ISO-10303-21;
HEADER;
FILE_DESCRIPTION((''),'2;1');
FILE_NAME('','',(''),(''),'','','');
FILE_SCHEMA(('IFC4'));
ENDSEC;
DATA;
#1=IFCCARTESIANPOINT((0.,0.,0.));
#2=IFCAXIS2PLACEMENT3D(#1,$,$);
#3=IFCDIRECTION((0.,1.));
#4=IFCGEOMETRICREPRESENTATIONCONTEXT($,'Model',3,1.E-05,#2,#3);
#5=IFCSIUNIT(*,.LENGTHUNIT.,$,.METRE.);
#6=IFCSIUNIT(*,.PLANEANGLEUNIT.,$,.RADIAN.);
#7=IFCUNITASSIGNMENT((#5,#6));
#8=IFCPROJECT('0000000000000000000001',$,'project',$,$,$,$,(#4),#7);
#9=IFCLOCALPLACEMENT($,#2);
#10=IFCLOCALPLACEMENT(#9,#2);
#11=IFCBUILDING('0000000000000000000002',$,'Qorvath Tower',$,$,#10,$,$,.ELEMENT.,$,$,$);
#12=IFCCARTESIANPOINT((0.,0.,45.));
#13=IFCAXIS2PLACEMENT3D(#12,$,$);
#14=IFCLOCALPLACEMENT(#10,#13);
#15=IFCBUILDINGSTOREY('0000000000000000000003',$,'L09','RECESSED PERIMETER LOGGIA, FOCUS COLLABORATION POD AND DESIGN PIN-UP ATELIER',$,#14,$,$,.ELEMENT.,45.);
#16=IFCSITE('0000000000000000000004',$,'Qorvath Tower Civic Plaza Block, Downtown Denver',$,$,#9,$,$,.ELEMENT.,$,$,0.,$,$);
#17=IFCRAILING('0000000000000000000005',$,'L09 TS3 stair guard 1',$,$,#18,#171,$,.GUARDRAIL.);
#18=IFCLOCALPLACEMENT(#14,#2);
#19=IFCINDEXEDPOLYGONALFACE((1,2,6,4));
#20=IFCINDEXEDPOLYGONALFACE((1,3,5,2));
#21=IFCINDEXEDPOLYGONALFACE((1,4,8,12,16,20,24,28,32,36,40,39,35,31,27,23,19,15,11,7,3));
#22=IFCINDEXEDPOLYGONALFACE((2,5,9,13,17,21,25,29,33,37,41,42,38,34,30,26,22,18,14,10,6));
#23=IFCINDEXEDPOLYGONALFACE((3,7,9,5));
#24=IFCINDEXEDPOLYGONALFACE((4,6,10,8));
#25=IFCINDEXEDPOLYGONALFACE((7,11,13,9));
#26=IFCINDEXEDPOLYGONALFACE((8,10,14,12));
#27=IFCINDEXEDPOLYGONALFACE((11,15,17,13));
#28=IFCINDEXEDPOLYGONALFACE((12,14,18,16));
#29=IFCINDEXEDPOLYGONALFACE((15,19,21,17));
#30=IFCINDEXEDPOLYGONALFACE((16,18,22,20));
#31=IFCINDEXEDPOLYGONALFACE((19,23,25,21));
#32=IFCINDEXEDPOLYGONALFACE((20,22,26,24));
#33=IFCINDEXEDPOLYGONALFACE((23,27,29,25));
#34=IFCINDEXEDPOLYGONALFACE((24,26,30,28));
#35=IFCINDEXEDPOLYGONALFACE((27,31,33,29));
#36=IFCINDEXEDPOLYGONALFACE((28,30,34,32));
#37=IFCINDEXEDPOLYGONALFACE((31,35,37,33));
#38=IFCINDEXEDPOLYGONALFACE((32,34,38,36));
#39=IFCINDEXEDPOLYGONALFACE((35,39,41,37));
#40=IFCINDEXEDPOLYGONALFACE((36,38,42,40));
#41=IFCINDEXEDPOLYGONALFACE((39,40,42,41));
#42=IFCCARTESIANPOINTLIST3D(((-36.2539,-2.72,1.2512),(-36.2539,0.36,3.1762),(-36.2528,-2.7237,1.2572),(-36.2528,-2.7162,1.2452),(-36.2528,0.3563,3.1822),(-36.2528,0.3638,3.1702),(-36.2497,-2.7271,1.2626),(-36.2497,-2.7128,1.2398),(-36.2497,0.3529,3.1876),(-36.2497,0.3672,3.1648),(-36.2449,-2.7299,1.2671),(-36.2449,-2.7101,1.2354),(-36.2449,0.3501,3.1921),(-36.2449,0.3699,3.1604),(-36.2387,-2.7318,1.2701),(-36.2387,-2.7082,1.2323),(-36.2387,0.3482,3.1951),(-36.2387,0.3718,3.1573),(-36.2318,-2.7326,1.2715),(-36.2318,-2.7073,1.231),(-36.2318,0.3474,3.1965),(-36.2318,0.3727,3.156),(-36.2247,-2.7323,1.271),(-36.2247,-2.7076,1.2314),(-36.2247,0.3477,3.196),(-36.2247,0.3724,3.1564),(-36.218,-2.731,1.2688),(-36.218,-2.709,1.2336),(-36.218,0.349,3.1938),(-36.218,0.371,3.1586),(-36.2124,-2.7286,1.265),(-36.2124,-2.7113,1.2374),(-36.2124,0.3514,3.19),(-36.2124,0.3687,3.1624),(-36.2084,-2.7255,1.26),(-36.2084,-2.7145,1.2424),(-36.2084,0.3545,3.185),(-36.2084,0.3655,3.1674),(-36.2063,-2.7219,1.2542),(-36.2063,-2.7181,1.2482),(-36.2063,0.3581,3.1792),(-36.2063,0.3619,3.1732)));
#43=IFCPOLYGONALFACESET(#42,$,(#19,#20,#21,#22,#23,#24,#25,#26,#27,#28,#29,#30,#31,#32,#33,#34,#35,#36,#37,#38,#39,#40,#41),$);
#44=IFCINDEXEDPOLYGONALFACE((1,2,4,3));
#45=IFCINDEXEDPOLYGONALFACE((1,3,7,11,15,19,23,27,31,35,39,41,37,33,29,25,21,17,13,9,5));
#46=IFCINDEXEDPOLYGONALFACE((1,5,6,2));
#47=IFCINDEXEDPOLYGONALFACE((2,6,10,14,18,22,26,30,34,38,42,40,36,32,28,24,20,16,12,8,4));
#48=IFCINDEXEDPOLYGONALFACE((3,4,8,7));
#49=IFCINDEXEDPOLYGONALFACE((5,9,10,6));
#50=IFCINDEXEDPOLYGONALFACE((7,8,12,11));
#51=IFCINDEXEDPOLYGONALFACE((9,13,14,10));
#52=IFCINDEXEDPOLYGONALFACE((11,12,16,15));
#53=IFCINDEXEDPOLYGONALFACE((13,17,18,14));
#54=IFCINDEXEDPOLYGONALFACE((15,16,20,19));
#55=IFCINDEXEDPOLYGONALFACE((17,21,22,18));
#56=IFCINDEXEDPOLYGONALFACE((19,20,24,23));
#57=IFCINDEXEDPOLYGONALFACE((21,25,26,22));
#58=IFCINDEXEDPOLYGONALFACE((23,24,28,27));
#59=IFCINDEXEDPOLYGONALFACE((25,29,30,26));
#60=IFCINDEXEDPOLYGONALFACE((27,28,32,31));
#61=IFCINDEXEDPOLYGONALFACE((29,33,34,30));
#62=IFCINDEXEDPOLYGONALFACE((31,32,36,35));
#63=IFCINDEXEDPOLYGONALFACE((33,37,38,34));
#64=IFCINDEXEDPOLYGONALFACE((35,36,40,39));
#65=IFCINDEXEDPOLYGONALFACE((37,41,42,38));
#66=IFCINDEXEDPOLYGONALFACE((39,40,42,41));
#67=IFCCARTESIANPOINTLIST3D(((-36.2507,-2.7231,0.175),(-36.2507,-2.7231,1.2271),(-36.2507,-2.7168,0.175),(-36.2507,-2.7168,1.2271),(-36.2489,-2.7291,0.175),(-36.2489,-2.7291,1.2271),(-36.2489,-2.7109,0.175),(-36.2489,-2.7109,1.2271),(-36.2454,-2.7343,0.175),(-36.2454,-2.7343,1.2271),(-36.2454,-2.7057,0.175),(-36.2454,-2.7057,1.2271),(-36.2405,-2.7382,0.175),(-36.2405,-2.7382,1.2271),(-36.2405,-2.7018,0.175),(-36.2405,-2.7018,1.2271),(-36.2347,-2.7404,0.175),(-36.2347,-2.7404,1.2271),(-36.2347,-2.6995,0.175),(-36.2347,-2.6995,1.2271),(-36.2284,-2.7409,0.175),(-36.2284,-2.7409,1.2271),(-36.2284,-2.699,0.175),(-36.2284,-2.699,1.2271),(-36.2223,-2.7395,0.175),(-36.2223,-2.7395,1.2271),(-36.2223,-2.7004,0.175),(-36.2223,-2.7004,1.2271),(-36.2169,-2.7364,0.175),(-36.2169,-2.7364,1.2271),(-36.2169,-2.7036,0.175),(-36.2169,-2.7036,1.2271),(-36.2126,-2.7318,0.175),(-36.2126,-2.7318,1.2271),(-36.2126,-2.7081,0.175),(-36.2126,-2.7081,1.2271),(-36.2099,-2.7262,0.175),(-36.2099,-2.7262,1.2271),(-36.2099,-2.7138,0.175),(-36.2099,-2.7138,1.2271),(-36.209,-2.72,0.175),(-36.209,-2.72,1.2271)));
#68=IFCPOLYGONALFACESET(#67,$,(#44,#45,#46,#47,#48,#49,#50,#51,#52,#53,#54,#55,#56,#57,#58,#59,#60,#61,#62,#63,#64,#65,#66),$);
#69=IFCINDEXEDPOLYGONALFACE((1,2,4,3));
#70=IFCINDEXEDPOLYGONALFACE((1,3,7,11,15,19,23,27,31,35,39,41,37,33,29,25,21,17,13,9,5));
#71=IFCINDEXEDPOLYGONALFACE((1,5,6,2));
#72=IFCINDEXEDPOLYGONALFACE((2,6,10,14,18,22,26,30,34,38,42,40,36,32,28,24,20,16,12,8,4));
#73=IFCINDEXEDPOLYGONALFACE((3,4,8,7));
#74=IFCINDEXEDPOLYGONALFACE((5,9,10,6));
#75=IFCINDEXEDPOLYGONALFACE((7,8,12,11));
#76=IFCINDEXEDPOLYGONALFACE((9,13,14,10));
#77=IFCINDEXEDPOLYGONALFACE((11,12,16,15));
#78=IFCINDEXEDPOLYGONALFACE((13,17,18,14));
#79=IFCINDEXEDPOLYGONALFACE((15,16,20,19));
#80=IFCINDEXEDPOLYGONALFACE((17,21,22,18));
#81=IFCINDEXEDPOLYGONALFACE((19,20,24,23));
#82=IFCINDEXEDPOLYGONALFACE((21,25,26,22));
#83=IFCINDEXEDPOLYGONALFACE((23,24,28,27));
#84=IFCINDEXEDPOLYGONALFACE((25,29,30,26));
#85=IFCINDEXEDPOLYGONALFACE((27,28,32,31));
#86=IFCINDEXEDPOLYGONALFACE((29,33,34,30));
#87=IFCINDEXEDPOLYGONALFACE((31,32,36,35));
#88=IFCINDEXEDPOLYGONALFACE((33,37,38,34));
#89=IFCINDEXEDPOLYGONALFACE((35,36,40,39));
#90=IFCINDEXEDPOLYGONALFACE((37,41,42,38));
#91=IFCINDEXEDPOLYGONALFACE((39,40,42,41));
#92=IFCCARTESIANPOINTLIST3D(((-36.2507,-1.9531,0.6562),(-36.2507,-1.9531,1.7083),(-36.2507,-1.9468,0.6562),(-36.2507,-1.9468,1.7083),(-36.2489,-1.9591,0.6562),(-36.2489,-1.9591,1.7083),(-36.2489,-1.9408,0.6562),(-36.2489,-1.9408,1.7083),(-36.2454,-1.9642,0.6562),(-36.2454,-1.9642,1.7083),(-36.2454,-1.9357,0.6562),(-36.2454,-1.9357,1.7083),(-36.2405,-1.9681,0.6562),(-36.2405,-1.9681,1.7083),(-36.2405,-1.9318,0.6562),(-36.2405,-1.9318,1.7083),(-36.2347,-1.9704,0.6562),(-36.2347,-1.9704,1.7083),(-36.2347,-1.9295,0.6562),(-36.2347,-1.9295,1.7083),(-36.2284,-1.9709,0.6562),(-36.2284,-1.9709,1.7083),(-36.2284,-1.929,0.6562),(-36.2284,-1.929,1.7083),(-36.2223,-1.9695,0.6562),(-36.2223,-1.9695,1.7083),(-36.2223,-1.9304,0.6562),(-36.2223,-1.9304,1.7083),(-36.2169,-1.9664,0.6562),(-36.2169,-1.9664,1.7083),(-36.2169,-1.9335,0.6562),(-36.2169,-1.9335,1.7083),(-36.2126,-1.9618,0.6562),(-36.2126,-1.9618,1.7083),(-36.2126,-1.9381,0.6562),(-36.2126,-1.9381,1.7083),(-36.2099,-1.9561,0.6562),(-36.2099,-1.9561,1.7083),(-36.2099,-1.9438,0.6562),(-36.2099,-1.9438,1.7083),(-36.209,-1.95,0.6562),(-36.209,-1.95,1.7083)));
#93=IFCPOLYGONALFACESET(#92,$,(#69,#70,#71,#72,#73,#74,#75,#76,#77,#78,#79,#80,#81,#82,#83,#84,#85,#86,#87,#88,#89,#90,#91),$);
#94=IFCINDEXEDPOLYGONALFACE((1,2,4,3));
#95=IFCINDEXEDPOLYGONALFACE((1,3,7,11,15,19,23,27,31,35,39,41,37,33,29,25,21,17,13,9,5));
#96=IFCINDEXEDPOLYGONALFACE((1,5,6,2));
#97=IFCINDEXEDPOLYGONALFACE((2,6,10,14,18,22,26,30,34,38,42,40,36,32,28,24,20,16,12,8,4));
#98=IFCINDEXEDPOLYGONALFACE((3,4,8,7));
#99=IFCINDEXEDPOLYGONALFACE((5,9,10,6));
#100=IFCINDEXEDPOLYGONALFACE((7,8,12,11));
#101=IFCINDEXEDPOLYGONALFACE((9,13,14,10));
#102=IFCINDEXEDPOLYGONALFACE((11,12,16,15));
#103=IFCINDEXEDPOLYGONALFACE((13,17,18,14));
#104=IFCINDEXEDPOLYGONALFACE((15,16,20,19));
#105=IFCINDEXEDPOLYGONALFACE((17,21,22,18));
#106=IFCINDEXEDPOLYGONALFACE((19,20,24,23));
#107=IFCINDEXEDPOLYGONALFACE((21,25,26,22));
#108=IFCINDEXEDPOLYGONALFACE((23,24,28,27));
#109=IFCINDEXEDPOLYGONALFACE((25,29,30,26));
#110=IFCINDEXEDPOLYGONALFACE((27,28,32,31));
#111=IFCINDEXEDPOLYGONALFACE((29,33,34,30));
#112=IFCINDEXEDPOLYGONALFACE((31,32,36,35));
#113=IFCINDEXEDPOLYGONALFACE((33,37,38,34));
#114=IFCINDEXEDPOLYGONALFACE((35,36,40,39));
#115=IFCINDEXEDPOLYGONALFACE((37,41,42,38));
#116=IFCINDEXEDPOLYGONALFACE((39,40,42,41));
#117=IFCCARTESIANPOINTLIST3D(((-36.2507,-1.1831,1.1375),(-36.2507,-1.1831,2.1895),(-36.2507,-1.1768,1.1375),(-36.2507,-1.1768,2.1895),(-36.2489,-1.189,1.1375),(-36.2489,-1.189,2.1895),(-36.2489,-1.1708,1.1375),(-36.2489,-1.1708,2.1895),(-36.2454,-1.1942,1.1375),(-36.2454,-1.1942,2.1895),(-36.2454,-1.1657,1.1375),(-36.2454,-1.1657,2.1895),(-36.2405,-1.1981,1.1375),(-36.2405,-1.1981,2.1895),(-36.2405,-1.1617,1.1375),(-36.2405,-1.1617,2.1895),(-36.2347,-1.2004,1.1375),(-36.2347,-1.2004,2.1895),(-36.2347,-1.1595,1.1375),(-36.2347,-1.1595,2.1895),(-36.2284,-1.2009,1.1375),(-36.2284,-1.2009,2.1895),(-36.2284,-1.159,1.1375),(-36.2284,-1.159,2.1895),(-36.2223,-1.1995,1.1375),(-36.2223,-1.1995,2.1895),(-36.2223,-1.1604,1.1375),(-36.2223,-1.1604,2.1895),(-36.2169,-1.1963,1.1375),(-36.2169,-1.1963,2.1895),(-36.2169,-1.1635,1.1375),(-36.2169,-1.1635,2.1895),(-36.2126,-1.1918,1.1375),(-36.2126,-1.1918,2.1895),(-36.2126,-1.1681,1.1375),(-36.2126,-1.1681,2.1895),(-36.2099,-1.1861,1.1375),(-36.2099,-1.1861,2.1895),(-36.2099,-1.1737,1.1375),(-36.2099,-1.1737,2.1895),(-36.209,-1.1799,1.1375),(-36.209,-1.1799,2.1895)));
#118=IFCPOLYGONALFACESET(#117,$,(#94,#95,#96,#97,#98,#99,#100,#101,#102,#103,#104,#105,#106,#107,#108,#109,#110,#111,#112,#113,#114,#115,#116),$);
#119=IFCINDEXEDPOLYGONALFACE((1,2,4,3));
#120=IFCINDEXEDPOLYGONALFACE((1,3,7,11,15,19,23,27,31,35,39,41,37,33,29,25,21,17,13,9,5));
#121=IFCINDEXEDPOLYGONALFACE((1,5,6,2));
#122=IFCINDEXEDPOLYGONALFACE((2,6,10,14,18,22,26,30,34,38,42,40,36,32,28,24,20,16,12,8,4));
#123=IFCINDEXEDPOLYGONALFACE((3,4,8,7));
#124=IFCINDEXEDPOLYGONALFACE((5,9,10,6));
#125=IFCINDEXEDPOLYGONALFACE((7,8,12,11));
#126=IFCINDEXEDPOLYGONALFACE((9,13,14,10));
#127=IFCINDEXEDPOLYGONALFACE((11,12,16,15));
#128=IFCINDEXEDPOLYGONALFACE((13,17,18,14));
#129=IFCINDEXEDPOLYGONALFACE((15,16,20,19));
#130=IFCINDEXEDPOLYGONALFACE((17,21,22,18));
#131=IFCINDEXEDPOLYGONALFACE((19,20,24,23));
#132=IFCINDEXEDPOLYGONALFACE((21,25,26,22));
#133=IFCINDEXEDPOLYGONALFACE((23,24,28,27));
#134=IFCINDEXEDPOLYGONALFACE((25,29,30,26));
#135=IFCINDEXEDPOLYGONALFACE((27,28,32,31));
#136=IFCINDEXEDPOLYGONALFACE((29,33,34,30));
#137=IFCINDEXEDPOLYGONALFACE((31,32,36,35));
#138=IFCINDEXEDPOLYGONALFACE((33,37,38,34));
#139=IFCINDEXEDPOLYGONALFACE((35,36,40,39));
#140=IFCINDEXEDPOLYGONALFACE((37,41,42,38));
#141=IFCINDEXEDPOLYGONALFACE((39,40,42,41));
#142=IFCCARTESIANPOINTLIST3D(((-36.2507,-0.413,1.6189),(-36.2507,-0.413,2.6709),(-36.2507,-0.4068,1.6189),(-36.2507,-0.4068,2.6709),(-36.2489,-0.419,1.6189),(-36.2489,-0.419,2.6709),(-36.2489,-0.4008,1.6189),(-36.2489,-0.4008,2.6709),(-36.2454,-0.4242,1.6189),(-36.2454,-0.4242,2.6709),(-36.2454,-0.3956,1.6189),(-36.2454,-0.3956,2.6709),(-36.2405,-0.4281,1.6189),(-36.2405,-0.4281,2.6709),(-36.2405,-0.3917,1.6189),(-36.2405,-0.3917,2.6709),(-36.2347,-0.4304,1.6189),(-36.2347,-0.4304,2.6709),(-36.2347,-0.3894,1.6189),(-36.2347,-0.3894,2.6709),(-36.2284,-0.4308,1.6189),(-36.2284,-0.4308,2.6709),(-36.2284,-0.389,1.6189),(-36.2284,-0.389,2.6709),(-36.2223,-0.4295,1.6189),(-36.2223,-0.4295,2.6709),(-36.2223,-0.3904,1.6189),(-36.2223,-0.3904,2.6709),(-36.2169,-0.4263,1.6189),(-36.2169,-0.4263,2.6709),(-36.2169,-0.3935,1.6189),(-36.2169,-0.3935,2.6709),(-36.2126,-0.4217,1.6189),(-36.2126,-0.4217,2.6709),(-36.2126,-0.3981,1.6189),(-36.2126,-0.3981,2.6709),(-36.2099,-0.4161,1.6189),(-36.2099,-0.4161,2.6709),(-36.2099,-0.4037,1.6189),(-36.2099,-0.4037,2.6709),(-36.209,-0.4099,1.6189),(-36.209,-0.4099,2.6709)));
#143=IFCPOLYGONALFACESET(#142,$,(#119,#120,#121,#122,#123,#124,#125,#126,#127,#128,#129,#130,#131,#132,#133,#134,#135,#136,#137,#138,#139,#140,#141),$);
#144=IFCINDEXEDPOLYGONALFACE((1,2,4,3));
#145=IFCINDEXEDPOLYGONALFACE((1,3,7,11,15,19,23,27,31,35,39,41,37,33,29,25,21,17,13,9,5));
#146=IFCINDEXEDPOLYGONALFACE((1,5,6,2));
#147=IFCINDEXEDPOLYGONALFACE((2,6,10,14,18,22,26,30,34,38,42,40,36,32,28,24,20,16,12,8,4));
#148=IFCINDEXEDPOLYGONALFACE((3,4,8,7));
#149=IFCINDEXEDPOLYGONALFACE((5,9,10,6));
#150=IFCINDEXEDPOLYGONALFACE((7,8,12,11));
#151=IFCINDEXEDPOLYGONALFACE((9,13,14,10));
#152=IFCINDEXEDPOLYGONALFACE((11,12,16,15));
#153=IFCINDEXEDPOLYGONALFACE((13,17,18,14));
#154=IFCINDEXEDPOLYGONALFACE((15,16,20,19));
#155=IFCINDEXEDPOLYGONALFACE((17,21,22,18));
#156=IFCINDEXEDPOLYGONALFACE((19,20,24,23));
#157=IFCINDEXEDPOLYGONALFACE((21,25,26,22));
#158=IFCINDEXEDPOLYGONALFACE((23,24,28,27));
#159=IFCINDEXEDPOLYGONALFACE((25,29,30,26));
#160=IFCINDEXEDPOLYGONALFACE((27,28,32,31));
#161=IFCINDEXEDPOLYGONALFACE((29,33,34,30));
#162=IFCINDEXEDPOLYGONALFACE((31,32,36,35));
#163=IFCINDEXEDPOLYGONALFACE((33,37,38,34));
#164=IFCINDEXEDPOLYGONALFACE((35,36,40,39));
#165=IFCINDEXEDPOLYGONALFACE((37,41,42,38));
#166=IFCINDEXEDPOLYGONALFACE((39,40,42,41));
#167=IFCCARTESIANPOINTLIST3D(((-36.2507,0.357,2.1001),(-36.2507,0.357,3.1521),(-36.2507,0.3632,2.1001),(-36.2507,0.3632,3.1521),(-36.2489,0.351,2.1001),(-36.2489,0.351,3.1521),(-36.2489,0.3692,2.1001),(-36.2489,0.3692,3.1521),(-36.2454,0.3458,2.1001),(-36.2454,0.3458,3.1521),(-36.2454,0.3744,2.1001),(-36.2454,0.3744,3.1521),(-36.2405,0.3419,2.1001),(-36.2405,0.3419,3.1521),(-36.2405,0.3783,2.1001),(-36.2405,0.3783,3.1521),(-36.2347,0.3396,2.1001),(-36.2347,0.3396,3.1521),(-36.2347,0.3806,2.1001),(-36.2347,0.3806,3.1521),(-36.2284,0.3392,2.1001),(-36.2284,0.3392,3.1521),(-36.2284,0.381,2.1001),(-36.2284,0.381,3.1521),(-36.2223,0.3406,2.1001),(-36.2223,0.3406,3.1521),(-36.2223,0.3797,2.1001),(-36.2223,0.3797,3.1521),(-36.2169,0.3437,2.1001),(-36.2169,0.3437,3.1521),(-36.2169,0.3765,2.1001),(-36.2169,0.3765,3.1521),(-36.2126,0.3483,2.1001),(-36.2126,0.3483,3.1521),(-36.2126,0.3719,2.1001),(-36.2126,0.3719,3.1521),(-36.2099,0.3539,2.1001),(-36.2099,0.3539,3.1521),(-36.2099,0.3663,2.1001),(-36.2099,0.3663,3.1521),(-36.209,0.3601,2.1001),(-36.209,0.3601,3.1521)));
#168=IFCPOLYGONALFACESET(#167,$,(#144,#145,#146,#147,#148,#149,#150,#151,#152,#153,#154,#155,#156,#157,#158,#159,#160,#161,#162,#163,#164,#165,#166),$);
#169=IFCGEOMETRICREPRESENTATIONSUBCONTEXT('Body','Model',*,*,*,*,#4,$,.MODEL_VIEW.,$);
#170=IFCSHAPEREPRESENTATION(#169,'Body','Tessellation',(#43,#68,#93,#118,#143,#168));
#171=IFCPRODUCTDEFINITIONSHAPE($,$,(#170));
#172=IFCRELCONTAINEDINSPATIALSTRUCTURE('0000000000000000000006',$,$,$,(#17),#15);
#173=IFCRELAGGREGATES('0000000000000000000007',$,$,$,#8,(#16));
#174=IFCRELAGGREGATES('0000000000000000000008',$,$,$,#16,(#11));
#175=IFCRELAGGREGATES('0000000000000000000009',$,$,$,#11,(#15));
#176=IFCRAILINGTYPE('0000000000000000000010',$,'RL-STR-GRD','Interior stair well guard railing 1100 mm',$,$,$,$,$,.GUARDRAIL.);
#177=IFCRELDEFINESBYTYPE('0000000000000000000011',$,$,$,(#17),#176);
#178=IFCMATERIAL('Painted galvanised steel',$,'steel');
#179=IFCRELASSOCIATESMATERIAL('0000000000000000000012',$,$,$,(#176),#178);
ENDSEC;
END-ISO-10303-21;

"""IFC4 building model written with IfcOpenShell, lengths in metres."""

from ifc_helpers import new_model, si_unit, direction, frame, origin, origin_2d, place, context, subcontext, project, spatial, circle, extrude, material, type_object, element, save


model = new_model("IFC4")

# Units and contexts
model_context = context("Model", 3, precision=1e-05, world=origin(), true_north=direction((0.0, 1.0)))
body_context = subcontext(model_context, "Body", "Model", "MODEL_VIEW")
ifc_project = project(units=[si_unit("LENGTHUNIT", "METRE"), si_unit("PLANEANGLEUNIT", "RADIAN")], contexts=[model_context])

# Site, building, storey
site_placement = place(None, origin())
site = spatial("IfcSite", under=ifc_project, at=site_placement, Name="Qorvath Tower Civic Plaza Block, Downtown Denver", CompositionType="ELEMENT", RefElevation=0.0)
building_placement = place(site_placement, origin())
building = spatial("IfcBuilding", under=site, at=building_placement, Name="Qorvath Tower", CompositionType="ELEMENT")
storey_placement = place(building_placement, frame((0.0, 0.0, 45.0)))
storey = spatial("IfcBuildingStorey", under=building, at=storey_placement, Name="L09", Description="RECESSED PERIMETER LOGGIA, FOCUS COLLABORATION POD AND DESIGN PIN-UP ATELIER", CompositionType="ELEMENT", Elevation=45.0)

# Railing
ifc_material_1 = material(Name="Painted galvanised steel", Category="steel")
railing_type_1 = type_object("IfcRailingType", Name="RL-STR-GRD", Description="Interior stair well guard railing 1100 mm", PredefinedType="GUARDRAIL", material=ifc_material_1)
railing_1_placement = place(storey_placement, frame((-36.23, -2.72, 0.175)))
element("IfcRailing", 1, at=railing_1_placement, inside=storey, type_object=railing_type_1, Name="L09 TS3 stair guard 1", PredefinedType="GUARDRAIL", context=body_context, shape_type="SweptSolid", body=[
    extrude(circle(Radius=0.0239, at=origin_2d()), frame((0.0, 0.0, 1.0762), z_axis=(0.0, 0.847998, 0.529999), x_axis=(-1.0, 0.0, 0.0)), (0.0, 0.0, 1.0), 3.6321),
    extrude(circle(Radius=0.021, at=origin_2d()), origin(), (0.0, 0.0, 1.0), 1.052),
    extrude(circle(Radius=0.021, at=origin_2d()), frame((0.0, 0.77, 0.4812)), (0.0, 0.0, 1.0), 1.052),
    extrude(circle(Radius=0.021, at=origin_2d()), frame((0.0, 1.54, 0.9624)), (0.0, 0.0, 1.0), 1.052),
    extrude(circle(Radius=0.021, at=origin_2d()), frame((0.0, 2.3101, 1.4438)), (0.0, 0.0, 1.0), 1.052),
    extrude(circle(Radius=0.021, at=origin_2d()), frame((0.0, 3.0801, 1.925)), (0.0, 0.0, 1.0), 1.052),
])

save(model, "model.ifc")
